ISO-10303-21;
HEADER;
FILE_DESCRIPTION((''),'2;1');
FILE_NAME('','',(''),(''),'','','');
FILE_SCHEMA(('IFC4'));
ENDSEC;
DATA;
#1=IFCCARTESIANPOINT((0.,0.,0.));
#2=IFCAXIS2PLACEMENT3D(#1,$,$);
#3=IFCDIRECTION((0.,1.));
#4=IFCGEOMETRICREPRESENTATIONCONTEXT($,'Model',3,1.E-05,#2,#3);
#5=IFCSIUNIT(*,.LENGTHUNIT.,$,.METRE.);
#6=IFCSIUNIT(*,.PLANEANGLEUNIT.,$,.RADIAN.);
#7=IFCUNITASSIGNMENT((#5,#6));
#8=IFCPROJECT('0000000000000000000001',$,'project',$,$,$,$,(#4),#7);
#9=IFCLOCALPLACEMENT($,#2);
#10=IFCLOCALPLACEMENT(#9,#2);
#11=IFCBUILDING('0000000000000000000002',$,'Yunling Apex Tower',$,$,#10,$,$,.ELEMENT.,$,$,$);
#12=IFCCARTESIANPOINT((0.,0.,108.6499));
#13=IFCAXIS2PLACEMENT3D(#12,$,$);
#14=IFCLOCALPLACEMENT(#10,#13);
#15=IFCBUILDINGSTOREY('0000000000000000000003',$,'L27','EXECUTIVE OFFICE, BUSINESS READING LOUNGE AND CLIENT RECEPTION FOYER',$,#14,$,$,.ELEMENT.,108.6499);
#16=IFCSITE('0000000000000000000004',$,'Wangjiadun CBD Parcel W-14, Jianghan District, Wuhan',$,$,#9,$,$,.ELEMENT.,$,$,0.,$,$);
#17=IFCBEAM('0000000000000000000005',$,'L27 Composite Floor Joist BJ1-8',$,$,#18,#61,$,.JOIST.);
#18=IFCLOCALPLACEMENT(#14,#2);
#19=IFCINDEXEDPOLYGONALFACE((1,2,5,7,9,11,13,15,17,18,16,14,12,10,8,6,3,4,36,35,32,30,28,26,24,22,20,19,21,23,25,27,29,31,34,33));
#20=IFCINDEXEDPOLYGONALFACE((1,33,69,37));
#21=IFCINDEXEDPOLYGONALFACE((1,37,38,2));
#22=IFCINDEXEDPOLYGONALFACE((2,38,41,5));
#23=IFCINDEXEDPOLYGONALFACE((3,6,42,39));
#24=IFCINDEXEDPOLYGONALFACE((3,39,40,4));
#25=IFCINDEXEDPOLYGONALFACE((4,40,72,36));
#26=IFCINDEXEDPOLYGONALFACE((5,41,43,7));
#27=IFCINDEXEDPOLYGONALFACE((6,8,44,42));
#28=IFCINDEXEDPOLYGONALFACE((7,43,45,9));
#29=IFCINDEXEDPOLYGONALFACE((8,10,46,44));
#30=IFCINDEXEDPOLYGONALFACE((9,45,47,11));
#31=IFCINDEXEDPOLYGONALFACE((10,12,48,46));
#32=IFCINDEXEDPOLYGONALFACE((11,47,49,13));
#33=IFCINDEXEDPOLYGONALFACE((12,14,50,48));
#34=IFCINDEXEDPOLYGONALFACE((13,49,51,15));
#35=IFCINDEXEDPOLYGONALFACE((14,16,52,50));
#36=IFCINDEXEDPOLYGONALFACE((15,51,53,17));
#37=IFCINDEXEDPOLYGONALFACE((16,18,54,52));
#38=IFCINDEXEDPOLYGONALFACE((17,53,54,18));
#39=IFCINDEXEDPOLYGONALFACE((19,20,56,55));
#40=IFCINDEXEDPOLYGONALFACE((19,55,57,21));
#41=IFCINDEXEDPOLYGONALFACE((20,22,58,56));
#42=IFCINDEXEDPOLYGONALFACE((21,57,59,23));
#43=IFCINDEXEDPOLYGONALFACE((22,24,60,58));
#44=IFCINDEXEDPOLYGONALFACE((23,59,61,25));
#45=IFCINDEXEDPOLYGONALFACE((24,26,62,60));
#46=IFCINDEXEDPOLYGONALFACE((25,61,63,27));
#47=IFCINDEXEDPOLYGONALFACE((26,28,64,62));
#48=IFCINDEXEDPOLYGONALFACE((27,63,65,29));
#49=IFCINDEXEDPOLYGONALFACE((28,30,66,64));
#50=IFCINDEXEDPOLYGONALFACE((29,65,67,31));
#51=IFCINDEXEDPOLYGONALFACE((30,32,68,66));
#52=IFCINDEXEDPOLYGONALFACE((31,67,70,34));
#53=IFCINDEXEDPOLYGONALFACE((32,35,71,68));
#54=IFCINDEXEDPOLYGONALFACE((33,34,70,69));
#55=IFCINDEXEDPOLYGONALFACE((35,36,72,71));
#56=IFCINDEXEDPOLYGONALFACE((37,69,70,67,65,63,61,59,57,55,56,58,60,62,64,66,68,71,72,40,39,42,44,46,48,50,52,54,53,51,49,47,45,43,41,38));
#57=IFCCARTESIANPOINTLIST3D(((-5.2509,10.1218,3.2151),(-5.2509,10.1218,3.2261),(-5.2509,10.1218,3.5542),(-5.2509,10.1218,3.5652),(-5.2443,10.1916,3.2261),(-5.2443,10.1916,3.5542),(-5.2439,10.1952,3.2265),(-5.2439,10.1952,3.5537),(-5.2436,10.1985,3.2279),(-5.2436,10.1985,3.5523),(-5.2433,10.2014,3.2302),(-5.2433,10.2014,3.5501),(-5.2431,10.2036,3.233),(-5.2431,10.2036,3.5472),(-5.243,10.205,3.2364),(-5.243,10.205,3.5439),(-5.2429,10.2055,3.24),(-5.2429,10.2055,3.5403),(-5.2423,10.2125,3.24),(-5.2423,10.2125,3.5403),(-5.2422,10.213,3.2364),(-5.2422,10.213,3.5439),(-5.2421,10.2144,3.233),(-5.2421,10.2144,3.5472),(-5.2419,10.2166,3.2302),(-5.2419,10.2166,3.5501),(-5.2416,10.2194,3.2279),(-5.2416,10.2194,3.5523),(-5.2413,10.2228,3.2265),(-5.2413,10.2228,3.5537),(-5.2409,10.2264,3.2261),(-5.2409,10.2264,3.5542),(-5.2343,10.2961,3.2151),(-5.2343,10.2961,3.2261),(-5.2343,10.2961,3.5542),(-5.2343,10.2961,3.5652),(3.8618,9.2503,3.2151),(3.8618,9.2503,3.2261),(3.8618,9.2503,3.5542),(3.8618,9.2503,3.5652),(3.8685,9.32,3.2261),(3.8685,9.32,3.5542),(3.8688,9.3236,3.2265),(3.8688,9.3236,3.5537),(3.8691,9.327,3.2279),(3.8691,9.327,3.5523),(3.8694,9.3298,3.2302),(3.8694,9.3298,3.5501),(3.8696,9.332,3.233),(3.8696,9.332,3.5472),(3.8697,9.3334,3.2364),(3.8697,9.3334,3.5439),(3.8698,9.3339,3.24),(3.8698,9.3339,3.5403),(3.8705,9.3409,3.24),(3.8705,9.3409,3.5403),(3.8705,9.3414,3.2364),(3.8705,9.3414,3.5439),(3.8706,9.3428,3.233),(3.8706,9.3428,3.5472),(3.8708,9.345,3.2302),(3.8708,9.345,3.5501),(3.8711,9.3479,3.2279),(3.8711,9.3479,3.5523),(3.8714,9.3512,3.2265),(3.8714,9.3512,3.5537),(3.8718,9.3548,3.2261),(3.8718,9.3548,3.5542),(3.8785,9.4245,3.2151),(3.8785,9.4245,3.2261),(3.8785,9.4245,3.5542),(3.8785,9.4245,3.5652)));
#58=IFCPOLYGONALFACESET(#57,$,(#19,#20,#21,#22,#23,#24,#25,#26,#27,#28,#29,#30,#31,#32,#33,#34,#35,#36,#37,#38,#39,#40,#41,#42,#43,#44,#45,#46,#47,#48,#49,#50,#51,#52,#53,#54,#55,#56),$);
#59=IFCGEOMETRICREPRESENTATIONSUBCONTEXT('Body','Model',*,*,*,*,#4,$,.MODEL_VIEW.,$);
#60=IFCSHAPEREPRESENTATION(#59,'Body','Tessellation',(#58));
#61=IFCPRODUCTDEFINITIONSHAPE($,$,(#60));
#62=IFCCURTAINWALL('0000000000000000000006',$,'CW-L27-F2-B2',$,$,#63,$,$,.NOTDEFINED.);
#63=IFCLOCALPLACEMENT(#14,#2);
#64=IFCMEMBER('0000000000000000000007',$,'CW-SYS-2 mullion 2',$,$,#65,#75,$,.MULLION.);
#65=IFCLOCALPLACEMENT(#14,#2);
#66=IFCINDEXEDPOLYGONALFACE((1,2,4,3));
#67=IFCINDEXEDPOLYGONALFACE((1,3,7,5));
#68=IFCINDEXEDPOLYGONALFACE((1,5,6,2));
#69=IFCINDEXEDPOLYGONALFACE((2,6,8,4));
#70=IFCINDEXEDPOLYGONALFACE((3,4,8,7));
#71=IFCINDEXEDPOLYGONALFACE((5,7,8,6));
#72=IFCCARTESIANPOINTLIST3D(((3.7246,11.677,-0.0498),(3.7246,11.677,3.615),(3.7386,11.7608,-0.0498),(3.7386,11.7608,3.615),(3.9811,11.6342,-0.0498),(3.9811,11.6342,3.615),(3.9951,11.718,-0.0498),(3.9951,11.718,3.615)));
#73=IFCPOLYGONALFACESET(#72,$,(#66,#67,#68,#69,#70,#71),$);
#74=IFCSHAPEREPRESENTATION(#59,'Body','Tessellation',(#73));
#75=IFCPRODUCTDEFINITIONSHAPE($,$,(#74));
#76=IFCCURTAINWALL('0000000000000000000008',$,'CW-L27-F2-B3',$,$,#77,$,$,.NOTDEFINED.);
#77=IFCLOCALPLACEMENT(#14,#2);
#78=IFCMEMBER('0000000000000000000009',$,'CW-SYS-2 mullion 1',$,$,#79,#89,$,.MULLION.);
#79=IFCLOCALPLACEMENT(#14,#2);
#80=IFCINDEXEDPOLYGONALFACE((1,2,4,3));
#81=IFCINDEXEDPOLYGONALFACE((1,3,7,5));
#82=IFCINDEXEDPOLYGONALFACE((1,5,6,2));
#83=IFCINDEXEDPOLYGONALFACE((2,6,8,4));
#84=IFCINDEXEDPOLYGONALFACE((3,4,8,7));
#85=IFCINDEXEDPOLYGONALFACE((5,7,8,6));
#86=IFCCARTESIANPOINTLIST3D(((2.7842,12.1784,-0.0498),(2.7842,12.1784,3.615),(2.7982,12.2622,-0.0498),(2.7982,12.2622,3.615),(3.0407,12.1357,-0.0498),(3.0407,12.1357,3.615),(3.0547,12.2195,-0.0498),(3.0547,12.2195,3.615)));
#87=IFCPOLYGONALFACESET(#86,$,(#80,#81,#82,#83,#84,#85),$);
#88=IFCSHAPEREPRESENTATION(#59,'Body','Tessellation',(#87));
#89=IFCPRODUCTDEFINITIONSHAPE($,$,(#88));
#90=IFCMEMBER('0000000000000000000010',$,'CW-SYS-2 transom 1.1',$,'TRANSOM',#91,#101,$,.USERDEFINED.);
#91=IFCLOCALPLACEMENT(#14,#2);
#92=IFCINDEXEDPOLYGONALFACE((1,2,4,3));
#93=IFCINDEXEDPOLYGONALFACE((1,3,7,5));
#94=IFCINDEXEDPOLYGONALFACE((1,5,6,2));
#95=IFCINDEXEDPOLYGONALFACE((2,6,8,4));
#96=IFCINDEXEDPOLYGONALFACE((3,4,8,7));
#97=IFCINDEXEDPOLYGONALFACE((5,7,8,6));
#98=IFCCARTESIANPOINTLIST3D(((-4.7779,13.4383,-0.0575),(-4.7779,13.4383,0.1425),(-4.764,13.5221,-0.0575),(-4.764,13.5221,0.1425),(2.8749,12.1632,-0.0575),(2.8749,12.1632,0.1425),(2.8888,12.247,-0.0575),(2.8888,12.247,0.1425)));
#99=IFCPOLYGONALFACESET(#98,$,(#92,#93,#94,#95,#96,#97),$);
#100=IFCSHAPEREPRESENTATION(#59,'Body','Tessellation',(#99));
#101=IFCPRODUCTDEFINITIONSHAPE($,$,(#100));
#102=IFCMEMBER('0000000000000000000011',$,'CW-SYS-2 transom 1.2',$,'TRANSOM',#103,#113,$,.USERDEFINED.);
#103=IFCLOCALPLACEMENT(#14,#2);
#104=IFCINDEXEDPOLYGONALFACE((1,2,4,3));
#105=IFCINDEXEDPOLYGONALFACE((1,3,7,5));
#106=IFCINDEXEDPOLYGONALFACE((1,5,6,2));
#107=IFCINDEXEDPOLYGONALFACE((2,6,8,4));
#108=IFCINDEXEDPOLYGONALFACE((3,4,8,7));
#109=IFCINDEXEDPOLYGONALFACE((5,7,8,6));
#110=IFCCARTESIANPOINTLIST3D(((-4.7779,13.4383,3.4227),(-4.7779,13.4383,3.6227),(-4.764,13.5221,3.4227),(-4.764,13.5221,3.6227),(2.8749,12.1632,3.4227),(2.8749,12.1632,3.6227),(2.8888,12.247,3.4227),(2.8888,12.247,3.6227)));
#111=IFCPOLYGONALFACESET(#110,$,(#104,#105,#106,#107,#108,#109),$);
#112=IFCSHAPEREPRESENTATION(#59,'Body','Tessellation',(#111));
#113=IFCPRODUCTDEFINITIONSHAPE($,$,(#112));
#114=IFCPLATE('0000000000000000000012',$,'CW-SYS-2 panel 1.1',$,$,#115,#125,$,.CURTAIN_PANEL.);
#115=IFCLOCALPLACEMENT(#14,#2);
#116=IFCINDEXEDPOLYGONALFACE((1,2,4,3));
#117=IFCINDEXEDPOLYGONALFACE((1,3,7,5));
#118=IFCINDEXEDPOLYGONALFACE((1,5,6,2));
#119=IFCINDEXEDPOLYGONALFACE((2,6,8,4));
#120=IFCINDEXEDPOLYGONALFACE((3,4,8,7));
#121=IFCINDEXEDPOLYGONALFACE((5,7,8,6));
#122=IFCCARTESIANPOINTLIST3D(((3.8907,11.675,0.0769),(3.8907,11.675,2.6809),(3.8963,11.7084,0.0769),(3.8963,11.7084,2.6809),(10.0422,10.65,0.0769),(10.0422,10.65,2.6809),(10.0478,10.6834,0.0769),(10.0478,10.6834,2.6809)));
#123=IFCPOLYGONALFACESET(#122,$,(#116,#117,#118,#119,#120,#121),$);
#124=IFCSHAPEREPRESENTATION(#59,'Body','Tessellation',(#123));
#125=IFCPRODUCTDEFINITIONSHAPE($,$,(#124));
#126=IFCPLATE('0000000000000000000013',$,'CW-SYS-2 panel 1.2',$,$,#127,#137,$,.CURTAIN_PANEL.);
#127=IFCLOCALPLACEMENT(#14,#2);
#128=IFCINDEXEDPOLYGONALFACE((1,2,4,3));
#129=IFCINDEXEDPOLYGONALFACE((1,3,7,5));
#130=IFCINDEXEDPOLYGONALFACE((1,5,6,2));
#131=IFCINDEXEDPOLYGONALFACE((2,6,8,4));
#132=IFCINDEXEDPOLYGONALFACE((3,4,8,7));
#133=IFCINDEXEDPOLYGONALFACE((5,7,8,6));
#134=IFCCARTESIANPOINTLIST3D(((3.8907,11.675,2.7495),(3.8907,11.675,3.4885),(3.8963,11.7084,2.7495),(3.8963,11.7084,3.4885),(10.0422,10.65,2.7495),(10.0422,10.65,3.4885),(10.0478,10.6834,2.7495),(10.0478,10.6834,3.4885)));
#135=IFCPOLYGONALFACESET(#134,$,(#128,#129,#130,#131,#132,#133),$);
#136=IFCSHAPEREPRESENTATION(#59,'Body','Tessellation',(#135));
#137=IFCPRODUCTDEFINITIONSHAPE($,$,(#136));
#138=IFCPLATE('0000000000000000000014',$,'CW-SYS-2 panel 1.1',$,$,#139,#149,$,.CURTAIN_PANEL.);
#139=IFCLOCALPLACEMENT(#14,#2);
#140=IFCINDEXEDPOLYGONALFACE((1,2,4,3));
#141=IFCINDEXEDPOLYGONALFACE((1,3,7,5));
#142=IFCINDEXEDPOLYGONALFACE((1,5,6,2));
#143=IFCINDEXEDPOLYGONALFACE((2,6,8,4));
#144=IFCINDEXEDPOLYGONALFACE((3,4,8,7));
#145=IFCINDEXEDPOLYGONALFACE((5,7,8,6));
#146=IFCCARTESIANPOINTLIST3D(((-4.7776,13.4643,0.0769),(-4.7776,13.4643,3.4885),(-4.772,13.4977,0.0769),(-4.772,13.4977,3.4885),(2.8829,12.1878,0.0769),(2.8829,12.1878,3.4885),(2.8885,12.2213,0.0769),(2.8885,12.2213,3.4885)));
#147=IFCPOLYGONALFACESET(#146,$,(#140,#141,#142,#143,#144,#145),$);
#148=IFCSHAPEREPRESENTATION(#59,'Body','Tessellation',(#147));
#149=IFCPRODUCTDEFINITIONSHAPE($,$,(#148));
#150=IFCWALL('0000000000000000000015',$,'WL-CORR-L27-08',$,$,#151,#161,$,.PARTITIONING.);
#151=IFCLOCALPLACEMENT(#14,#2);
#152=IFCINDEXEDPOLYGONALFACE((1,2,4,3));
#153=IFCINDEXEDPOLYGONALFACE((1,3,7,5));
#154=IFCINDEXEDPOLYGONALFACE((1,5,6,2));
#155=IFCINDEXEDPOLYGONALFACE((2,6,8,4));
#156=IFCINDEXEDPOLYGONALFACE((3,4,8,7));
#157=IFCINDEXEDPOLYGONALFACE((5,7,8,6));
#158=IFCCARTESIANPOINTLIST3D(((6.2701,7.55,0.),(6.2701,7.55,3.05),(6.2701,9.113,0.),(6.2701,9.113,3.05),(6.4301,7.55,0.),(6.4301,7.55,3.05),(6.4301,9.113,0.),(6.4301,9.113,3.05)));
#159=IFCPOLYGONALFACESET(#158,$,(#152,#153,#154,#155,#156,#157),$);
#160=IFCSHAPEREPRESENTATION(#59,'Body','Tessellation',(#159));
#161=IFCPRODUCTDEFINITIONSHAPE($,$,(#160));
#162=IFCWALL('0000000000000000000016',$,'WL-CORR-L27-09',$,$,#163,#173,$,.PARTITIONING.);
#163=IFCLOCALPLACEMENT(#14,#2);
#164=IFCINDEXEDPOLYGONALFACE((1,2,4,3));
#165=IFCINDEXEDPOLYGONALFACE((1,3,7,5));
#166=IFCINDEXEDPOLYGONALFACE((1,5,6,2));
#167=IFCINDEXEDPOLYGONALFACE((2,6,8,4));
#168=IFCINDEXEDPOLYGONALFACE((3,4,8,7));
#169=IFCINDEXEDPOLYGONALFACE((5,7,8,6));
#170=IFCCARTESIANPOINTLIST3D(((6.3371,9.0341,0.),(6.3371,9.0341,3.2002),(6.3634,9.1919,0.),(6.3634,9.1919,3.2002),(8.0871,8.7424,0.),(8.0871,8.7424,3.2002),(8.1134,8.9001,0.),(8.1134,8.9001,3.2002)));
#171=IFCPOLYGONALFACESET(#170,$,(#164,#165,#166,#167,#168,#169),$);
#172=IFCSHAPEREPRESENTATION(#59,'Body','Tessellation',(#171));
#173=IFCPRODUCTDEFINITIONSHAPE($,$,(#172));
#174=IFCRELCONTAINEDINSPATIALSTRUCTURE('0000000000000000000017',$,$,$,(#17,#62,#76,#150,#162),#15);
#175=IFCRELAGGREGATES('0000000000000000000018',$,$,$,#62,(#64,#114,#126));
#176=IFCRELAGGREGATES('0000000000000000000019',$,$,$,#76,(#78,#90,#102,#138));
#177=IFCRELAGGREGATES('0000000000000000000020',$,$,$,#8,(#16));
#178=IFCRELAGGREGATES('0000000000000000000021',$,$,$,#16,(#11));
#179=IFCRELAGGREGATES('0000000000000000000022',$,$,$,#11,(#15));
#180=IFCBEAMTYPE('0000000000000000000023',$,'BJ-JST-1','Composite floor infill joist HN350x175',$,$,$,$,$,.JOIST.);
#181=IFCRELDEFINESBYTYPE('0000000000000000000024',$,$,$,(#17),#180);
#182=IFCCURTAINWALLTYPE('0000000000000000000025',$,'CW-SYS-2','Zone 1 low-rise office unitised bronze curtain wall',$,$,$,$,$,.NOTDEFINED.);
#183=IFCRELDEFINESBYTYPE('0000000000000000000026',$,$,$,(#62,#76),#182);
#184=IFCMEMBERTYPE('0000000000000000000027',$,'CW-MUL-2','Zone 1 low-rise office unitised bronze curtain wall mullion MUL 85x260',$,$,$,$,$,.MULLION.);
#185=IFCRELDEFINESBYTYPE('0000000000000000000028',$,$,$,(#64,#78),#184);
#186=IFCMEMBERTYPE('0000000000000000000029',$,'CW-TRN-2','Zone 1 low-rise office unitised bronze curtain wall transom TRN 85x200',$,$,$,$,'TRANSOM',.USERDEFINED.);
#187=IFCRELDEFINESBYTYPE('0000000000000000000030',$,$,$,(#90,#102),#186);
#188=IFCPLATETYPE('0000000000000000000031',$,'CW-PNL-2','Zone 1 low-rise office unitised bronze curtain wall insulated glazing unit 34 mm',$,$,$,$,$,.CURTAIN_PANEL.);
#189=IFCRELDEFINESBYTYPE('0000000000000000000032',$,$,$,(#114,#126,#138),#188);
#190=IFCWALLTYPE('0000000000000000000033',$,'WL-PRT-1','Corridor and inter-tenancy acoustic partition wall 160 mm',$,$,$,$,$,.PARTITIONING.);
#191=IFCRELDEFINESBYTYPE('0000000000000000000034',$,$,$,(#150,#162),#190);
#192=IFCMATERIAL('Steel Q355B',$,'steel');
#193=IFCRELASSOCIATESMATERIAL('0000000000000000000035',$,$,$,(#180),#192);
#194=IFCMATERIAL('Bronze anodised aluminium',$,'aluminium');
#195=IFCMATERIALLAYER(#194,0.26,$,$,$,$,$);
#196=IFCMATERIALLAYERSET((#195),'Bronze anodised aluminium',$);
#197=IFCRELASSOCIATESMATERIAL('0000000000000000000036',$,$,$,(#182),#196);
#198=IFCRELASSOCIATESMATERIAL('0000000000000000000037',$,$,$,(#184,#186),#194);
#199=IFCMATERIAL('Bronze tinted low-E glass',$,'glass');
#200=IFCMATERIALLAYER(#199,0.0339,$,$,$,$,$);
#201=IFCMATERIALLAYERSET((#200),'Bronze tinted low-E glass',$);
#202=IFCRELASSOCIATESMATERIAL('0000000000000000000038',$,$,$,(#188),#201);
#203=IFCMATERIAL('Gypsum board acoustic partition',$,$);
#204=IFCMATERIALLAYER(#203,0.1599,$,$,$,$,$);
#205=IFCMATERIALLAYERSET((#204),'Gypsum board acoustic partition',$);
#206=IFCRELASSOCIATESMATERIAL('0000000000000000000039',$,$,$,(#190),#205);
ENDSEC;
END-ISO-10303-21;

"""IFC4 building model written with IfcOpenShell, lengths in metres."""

from ifc_helpers import new_model, si_unit, direction, frame, frame_2d, origin, origin_2d, place, context, subcontext, project, spatial, rectangle, i_section, extrude, source, transform, mapped, material, layer, layer_set, material_profile, profile_set, type_object, element, aggregate, save


model = new_model("IFC4")

# Units and contexts
model_context = context("Model", 3, precision=1e-05, world=origin(), true_north=direction((0.0, 1.0)))
body_context = subcontext(model_context, "Body", "Model", "MODEL_VIEW")
ifc_project = project(units=[si_unit("LENGTHUNIT", "METRE"), si_unit("PLANEANGLEUNIT", "RADIAN")], contexts=[model_context])

# Site, building, storey
site_placement = place(None, origin())
site = spatial("IfcSite", under=ifc_project, at=site_placement, Name="Wangjiadun CBD Parcel W-14, Jianghan District, Wuhan", CompositionType="ELEMENT", RefElevation=0.0)
building_placement = place(site_placement, origin())
building = spatial("IfcBuilding", under=site, at=building_placement, Name="Yunling Apex Tower", CompositionType="ELEMENT")
storey_placement = place(building_placement, frame((0.0, 0.0, 108.6499)))
storey = spatial("IfcBuildingStorey", under=building, at=storey_placement, Name="L27", Description="EXECUTIVE OFFICE, BUSINESS READING LOUNGE AND CLIENT RECEPTION FOYER", CompositionType="ELEMENT", Elevation=108.6499)

# Beam
ifc_material_1 = material(Name="Steel Q355B", Category="steel")
ifc_material_profile_1 = material_profile(ifc_material_1, i_section(OverallWidth=0.175, OverallDepth=0.3501, WebThickness=0.0071, FlangeThickness=0.011, FilletRadius=0.0139, at=origin_2d()))
ifc_profile_set_1 = profile_set([ifc_material_profile_1], Name="Steel Q355B")
beam_type_1 = type_object("IfcBeamType", Name="BJ-JST-1", Description="Composite floor infill joist HN350x175", PredefinedType="JOIST", material=ifc_profile_set_1)
shared_shape_1 = source(origin(), body_context, "Body", "SweptSolid", [
    extrude(i_section(OverallWidth=0.175, OverallDepth=0.3501, WebThickness=0.0071, FlangeThickness=0.011, FilletRadius=0.0139, at=origin_2d()), origin(), (0.0, 0.0, 1.0), 9.1543),
])
beam_1_placement = place(storey_placement, frame((3.8701, 9.3374, 3.3901), z_axis=(-0.995457, 0.095209, 0.0), x_axis=(-0.095209, -0.995457, 0.0)))
element("IfcBeam", 1, at=beam_1_placement, inside=storey, type_object=beam_type_1, Name="L27 Composite Floor Joist BJ1-8", PredefinedType="JOIST", context=body_context, shape_type="MappedRepresentation", body=[
    mapped(shared_shape_1, transform((0.0, 0.0, 0.0), scale=1.0)),
])

# Curtain wall, member
ifc_material_2 = material(Name="Bronze anodised aluminium", Category="aluminium")
ifc_layer_1 = layer(ifc_material_2, 0.26)
ifc_layer_set_1 = layer_set([ifc_layer_1], Name="Bronze anodised aluminium")
curtain_wall_type = type_object("IfcCurtainWallType", Name="CW-SYS-2", Description="Zone 1 low-rise office unitised bronze curtain wall", PredefinedType="NOTDEFINED", material=ifc_layer_set_1)
curtain_wall_1_placement = place(storey_placement, origin())
curtain_wall_1 = element("IfcCurtainWall", 2, at=curtain_wall_1_placement, inside=storey, type_object=curtain_wall_type, Name="CW-L27-F2-B2", PredefinedType="NOTDEFINED")
ifc_material_profile_2 = material_profile(ifc_material_2, rectangle(XDim=0.085, YDim=0.26, at=origin_2d()))
ifc_profile_set_2 = profile_set([ifc_material_profile_2], Name="Bronze anodised aluminium")
member_type_1 = type_object("IfcMemberType", Name="CW-MUL-2", Description="Zone 1 low-rise office unitised bronze curtain wall mullion MUL 85x260", PredefinedType="MULLION", material=ifc_profile_set_2)
shared_shape_2 = source(origin(), body_context, "Body", "SweptSolid", [
    extrude(rectangle(XDim=0.085, YDim=0.26, at=origin_2d()), origin(), (0.0, 0.0, 1.0), 3.6648),
])
member_1_placement = place(storey_placement, frame((3.8599, 11.6975, -0.0498), z_axis=(0.0, 0.0, 1.0), x_axis=(-0.164356, -0.986401, 0.0)))
member_1 = element("IfcMember", 3, at=member_1_placement, type_object=member_type_1, Name="CW-SYS-2 mullion 2", PredefinedType="MULLION", context=body_context, shape_type="MappedRepresentation", body=[
    mapped(shared_shape_2, transform((0.0, 0.0, 0.0), scale=1.0)),
])

# Curtain wall, members
curtain_wall_2_placement = place(storey_placement, origin())
curtain_wall_2 = element("IfcCurtainWall", 4, at=curtain_wall_2_placement, inside=storey, type_object=curtain_wall_type, Name="CW-L27-F2-B3", PredefinedType="NOTDEFINED")
member_2_placement = place(storey_placement, frame((2.9194, 12.199, -0.0498), z_axis=(0.0, 0.0, 1.0), x_axis=(-0.164362, -0.9864, 0.0)))
member_2 = element("IfcMember", 5, at=member_2_placement, type_object=member_type_1, Name="CW-SYS-2 mullion 1", PredefinedType="MULLION", context=body_context, shape_type="MappedRepresentation", body=[
    mapped(shared_shape_2, transform((0.0, 0.0, 0.0), scale=1.0)),
])
ifc_material_profile_3 = material_profile(ifc_material_2, rectangle(XDim=0.085, YDim=0.2, at=origin_2d()))
ifc_profile_set_3 = profile_set([ifc_material_profile_3], Name="Bronze anodised aluminium")
member_type_2 = type_object("IfcMemberType", Name="CW-TRN-2", Description="Zone 1 low-rise office unitised bronze curtain wall transom TRN 85x200", ElementType="TRANSOM", PredefinedType="USERDEFINED", material=ifc_profile_set_3)
shared_shape_3 = source(origin(), body_context, "Body", "SweptSolid", [
    extrude(rectangle(XDim=0.085, YDim=0.2, at=origin_2d()), origin(), (0.0, 0.0, 1.0), 7.7583),
])
member_3_placement = place(storey_placement, frame((2.8818, 12.2051, 0.0425), z_axis=(-0.986401, 0.164358, 0.0), x_axis=(-0.164358, -0.986401, 0.0)))
member_3 = element("IfcMember", 6, at=member_3_placement, type_object=member_type_2, Name="CW-SYS-2 transom 1.1", ObjectType="TRANSOM", PredefinedType="USERDEFINED", context=body_context, shape_type="MappedRepresentation", body=[
    mapped(shared_shape_3, transform((0.0, 0.0, 0.0), scale=1.0)),
])
member_4_placement = place(storey_placement, frame((2.8818, 12.2051, 3.5227), z_axis=(-0.986401, 0.164358, 0.0), x_axis=(-0.164358, -0.986401, 0.0)))
member_4 = element("IfcMember", 7, at=member_4_placement, type_object=member_type_2, Name="CW-SYS-2 transom 1.2", ObjectType="TRANSOM", PredefinedType="USERDEFINED", context=body_context, shape_type="MappedRepresentation", body=[
    mapped(shared_shape_3, transform((0.0, 0.0, 0.0), scale=1.0)),
])

# Plates
ifc_material_3 = material(Name="Bronze tinted low-E glass", Category="glass")
ifc_layer_2 = layer(ifc_material_3, 0.0339)
ifc_layer_set_2 = layer_set([ifc_layer_2], Name="Bronze tinted low-E glass")
plate_type = type_object("IfcPlateType", Name="CW-PNL-2", Description="Zone 1 low-rise office unitised bronze curtain wall insulated glazing unit 34 mm", PredefinedType="CURTAIN_PANEL", material=ifc_layer_set_2)
shared_shape_4 = source(origin(), body_context, "Body", "SweptSolid", [
    extrude(rectangle(XDim=6.2363, YDim=0.0339, at=origin_2d()), origin(), (0.0, 0.0, 1.0), 2.604),
])
plate_1_placement = place(storey_placement, frame((6.9692, 11.1792, 0.0769), z_axis=(0.0, 0.0, 1.0), x_axis=(-0.986401, 0.164356, 0.0)))
plate_1 = element("IfcPlate", 8, at=plate_1_placement, type_object=plate_type, Name="CW-SYS-2 panel 1.1", PredefinedType="CURTAIN_PANEL", context=body_context, shape_type="MappedRepresentation", body=[
    mapped(shared_shape_4, transform((0.0, 0.0, 0.0), scale=1.0)),
])
shared_shape_5 = source(origin(), body_context, "Body", "SweptSolid", [
    extrude(rectangle(XDim=6.2363, YDim=0.0339, at=origin_2d()), origin(), (0.0, 0.0, 1.0), 0.739),
])
plate_2_placement = place(storey_placement, frame((6.9692, 11.1792, 2.7495), z_axis=(0.0, 0.0, 1.0), x_axis=(-0.986401, 0.164356, 0.0)))
plate_2 = element("IfcPlate", 9, at=plate_2_placement, type_object=plate_type, Name="CW-SYS-2 panel 1.2", PredefinedType="CURTAIN_PANEL", context=body_context, shape_type="MappedRepresentation", body=[
    mapped(shared_shape_5, transform((0.0, 0.0, 0.0), scale=1.0)),
])
aggregate(curtain_wall_1, [member_1, plate_1, plate_2])
shared_shape_6 = source(origin(), body_context, "Body", "SweptSolid", [
    extrude(rectangle(XDim=7.7661, YDim=0.0339, at=origin_2d()), origin(), (0.0, 0.0, 1.0), 3.4116),
])
plate_3_placement = place(storey_placement, frame((-0.9446, 12.8428, 0.0769), z_axis=(0.0, 0.0, 1.0), x_axis=(-0.9864, 0.164362, 0.0)))
plate_3 = element("IfcPlate", 10, at=plate_3_placement, type_object=plate_type, Name="CW-SYS-2 panel 1.1", PredefinedType="CURTAIN_PANEL", context=body_context, shape_type="MappedRepresentation", body=[
    mapped(shared_shape_6, transform((0.0, 0.0, 0.0), scale=1.0)),
])
aggregate(curtain_wall_2, [member_2, member_3, member_4, plate_3])

# Walls
ifc_material_4 = material(Name="Gypsum board acoustic partition")
ifc_layer_3 = layer(ifc_material_4, 0.1599)
ifc_layer_set_3 = layer_set([ifc_layer_3], Name="Gypsum board acoustic partition")
wall_type_1 = type_object("IfcWallType", Name="WL-PRT-1", Description="Corridor and inter-tenancy acoustic partition wall 160 mm", PredefinedType="PARTITIONING", material=ifc_layer_set_3)
wall_1_placement = place(storey_placement, frame((6.3501, 7.55, 0.0), z_axis=(0.0, 0.0, 1.0), x_axis=(0.0, 1.0, 0.0)))
element("IfcWall", 11, at=wall_1_placement, inside=storey, type_object=wall_type_1, Name="WL-CORR-L27-08", PredefinedType="PARTITIONING", context=body_context, shape_type="SweptSolid", body=[
    extrude(rectangle(XDim=1.563, YDim=0.1599, at=frame_2d((0.7815, 0.0))), origin(), (0.0, 0.0, 1.0), 3.05),
])
wall_2_placement = place(storey_placement, frame((6.3501, 9.113, 0.0), z_axis=(0.0, 0.0, 1.0), x_axis=(0.986386, -0.164444, 0.0)))
element("IfcWall", 12, at=wall_2_placement, inside=storey, type_object=wall_type_1, Name="WL-CORR-L27-09", PredefinedType="PARTITIONING", context=body_context, shape_type="SweptSolid", body=[
    extrude(rectangle(XDim=1.7742, YDim=0.1599, at=frame_2d((0.8872, 0.0))), origin(), (0.0, 0.0, 1.0), 3.2002),
])

save(model, "model.ifc")
